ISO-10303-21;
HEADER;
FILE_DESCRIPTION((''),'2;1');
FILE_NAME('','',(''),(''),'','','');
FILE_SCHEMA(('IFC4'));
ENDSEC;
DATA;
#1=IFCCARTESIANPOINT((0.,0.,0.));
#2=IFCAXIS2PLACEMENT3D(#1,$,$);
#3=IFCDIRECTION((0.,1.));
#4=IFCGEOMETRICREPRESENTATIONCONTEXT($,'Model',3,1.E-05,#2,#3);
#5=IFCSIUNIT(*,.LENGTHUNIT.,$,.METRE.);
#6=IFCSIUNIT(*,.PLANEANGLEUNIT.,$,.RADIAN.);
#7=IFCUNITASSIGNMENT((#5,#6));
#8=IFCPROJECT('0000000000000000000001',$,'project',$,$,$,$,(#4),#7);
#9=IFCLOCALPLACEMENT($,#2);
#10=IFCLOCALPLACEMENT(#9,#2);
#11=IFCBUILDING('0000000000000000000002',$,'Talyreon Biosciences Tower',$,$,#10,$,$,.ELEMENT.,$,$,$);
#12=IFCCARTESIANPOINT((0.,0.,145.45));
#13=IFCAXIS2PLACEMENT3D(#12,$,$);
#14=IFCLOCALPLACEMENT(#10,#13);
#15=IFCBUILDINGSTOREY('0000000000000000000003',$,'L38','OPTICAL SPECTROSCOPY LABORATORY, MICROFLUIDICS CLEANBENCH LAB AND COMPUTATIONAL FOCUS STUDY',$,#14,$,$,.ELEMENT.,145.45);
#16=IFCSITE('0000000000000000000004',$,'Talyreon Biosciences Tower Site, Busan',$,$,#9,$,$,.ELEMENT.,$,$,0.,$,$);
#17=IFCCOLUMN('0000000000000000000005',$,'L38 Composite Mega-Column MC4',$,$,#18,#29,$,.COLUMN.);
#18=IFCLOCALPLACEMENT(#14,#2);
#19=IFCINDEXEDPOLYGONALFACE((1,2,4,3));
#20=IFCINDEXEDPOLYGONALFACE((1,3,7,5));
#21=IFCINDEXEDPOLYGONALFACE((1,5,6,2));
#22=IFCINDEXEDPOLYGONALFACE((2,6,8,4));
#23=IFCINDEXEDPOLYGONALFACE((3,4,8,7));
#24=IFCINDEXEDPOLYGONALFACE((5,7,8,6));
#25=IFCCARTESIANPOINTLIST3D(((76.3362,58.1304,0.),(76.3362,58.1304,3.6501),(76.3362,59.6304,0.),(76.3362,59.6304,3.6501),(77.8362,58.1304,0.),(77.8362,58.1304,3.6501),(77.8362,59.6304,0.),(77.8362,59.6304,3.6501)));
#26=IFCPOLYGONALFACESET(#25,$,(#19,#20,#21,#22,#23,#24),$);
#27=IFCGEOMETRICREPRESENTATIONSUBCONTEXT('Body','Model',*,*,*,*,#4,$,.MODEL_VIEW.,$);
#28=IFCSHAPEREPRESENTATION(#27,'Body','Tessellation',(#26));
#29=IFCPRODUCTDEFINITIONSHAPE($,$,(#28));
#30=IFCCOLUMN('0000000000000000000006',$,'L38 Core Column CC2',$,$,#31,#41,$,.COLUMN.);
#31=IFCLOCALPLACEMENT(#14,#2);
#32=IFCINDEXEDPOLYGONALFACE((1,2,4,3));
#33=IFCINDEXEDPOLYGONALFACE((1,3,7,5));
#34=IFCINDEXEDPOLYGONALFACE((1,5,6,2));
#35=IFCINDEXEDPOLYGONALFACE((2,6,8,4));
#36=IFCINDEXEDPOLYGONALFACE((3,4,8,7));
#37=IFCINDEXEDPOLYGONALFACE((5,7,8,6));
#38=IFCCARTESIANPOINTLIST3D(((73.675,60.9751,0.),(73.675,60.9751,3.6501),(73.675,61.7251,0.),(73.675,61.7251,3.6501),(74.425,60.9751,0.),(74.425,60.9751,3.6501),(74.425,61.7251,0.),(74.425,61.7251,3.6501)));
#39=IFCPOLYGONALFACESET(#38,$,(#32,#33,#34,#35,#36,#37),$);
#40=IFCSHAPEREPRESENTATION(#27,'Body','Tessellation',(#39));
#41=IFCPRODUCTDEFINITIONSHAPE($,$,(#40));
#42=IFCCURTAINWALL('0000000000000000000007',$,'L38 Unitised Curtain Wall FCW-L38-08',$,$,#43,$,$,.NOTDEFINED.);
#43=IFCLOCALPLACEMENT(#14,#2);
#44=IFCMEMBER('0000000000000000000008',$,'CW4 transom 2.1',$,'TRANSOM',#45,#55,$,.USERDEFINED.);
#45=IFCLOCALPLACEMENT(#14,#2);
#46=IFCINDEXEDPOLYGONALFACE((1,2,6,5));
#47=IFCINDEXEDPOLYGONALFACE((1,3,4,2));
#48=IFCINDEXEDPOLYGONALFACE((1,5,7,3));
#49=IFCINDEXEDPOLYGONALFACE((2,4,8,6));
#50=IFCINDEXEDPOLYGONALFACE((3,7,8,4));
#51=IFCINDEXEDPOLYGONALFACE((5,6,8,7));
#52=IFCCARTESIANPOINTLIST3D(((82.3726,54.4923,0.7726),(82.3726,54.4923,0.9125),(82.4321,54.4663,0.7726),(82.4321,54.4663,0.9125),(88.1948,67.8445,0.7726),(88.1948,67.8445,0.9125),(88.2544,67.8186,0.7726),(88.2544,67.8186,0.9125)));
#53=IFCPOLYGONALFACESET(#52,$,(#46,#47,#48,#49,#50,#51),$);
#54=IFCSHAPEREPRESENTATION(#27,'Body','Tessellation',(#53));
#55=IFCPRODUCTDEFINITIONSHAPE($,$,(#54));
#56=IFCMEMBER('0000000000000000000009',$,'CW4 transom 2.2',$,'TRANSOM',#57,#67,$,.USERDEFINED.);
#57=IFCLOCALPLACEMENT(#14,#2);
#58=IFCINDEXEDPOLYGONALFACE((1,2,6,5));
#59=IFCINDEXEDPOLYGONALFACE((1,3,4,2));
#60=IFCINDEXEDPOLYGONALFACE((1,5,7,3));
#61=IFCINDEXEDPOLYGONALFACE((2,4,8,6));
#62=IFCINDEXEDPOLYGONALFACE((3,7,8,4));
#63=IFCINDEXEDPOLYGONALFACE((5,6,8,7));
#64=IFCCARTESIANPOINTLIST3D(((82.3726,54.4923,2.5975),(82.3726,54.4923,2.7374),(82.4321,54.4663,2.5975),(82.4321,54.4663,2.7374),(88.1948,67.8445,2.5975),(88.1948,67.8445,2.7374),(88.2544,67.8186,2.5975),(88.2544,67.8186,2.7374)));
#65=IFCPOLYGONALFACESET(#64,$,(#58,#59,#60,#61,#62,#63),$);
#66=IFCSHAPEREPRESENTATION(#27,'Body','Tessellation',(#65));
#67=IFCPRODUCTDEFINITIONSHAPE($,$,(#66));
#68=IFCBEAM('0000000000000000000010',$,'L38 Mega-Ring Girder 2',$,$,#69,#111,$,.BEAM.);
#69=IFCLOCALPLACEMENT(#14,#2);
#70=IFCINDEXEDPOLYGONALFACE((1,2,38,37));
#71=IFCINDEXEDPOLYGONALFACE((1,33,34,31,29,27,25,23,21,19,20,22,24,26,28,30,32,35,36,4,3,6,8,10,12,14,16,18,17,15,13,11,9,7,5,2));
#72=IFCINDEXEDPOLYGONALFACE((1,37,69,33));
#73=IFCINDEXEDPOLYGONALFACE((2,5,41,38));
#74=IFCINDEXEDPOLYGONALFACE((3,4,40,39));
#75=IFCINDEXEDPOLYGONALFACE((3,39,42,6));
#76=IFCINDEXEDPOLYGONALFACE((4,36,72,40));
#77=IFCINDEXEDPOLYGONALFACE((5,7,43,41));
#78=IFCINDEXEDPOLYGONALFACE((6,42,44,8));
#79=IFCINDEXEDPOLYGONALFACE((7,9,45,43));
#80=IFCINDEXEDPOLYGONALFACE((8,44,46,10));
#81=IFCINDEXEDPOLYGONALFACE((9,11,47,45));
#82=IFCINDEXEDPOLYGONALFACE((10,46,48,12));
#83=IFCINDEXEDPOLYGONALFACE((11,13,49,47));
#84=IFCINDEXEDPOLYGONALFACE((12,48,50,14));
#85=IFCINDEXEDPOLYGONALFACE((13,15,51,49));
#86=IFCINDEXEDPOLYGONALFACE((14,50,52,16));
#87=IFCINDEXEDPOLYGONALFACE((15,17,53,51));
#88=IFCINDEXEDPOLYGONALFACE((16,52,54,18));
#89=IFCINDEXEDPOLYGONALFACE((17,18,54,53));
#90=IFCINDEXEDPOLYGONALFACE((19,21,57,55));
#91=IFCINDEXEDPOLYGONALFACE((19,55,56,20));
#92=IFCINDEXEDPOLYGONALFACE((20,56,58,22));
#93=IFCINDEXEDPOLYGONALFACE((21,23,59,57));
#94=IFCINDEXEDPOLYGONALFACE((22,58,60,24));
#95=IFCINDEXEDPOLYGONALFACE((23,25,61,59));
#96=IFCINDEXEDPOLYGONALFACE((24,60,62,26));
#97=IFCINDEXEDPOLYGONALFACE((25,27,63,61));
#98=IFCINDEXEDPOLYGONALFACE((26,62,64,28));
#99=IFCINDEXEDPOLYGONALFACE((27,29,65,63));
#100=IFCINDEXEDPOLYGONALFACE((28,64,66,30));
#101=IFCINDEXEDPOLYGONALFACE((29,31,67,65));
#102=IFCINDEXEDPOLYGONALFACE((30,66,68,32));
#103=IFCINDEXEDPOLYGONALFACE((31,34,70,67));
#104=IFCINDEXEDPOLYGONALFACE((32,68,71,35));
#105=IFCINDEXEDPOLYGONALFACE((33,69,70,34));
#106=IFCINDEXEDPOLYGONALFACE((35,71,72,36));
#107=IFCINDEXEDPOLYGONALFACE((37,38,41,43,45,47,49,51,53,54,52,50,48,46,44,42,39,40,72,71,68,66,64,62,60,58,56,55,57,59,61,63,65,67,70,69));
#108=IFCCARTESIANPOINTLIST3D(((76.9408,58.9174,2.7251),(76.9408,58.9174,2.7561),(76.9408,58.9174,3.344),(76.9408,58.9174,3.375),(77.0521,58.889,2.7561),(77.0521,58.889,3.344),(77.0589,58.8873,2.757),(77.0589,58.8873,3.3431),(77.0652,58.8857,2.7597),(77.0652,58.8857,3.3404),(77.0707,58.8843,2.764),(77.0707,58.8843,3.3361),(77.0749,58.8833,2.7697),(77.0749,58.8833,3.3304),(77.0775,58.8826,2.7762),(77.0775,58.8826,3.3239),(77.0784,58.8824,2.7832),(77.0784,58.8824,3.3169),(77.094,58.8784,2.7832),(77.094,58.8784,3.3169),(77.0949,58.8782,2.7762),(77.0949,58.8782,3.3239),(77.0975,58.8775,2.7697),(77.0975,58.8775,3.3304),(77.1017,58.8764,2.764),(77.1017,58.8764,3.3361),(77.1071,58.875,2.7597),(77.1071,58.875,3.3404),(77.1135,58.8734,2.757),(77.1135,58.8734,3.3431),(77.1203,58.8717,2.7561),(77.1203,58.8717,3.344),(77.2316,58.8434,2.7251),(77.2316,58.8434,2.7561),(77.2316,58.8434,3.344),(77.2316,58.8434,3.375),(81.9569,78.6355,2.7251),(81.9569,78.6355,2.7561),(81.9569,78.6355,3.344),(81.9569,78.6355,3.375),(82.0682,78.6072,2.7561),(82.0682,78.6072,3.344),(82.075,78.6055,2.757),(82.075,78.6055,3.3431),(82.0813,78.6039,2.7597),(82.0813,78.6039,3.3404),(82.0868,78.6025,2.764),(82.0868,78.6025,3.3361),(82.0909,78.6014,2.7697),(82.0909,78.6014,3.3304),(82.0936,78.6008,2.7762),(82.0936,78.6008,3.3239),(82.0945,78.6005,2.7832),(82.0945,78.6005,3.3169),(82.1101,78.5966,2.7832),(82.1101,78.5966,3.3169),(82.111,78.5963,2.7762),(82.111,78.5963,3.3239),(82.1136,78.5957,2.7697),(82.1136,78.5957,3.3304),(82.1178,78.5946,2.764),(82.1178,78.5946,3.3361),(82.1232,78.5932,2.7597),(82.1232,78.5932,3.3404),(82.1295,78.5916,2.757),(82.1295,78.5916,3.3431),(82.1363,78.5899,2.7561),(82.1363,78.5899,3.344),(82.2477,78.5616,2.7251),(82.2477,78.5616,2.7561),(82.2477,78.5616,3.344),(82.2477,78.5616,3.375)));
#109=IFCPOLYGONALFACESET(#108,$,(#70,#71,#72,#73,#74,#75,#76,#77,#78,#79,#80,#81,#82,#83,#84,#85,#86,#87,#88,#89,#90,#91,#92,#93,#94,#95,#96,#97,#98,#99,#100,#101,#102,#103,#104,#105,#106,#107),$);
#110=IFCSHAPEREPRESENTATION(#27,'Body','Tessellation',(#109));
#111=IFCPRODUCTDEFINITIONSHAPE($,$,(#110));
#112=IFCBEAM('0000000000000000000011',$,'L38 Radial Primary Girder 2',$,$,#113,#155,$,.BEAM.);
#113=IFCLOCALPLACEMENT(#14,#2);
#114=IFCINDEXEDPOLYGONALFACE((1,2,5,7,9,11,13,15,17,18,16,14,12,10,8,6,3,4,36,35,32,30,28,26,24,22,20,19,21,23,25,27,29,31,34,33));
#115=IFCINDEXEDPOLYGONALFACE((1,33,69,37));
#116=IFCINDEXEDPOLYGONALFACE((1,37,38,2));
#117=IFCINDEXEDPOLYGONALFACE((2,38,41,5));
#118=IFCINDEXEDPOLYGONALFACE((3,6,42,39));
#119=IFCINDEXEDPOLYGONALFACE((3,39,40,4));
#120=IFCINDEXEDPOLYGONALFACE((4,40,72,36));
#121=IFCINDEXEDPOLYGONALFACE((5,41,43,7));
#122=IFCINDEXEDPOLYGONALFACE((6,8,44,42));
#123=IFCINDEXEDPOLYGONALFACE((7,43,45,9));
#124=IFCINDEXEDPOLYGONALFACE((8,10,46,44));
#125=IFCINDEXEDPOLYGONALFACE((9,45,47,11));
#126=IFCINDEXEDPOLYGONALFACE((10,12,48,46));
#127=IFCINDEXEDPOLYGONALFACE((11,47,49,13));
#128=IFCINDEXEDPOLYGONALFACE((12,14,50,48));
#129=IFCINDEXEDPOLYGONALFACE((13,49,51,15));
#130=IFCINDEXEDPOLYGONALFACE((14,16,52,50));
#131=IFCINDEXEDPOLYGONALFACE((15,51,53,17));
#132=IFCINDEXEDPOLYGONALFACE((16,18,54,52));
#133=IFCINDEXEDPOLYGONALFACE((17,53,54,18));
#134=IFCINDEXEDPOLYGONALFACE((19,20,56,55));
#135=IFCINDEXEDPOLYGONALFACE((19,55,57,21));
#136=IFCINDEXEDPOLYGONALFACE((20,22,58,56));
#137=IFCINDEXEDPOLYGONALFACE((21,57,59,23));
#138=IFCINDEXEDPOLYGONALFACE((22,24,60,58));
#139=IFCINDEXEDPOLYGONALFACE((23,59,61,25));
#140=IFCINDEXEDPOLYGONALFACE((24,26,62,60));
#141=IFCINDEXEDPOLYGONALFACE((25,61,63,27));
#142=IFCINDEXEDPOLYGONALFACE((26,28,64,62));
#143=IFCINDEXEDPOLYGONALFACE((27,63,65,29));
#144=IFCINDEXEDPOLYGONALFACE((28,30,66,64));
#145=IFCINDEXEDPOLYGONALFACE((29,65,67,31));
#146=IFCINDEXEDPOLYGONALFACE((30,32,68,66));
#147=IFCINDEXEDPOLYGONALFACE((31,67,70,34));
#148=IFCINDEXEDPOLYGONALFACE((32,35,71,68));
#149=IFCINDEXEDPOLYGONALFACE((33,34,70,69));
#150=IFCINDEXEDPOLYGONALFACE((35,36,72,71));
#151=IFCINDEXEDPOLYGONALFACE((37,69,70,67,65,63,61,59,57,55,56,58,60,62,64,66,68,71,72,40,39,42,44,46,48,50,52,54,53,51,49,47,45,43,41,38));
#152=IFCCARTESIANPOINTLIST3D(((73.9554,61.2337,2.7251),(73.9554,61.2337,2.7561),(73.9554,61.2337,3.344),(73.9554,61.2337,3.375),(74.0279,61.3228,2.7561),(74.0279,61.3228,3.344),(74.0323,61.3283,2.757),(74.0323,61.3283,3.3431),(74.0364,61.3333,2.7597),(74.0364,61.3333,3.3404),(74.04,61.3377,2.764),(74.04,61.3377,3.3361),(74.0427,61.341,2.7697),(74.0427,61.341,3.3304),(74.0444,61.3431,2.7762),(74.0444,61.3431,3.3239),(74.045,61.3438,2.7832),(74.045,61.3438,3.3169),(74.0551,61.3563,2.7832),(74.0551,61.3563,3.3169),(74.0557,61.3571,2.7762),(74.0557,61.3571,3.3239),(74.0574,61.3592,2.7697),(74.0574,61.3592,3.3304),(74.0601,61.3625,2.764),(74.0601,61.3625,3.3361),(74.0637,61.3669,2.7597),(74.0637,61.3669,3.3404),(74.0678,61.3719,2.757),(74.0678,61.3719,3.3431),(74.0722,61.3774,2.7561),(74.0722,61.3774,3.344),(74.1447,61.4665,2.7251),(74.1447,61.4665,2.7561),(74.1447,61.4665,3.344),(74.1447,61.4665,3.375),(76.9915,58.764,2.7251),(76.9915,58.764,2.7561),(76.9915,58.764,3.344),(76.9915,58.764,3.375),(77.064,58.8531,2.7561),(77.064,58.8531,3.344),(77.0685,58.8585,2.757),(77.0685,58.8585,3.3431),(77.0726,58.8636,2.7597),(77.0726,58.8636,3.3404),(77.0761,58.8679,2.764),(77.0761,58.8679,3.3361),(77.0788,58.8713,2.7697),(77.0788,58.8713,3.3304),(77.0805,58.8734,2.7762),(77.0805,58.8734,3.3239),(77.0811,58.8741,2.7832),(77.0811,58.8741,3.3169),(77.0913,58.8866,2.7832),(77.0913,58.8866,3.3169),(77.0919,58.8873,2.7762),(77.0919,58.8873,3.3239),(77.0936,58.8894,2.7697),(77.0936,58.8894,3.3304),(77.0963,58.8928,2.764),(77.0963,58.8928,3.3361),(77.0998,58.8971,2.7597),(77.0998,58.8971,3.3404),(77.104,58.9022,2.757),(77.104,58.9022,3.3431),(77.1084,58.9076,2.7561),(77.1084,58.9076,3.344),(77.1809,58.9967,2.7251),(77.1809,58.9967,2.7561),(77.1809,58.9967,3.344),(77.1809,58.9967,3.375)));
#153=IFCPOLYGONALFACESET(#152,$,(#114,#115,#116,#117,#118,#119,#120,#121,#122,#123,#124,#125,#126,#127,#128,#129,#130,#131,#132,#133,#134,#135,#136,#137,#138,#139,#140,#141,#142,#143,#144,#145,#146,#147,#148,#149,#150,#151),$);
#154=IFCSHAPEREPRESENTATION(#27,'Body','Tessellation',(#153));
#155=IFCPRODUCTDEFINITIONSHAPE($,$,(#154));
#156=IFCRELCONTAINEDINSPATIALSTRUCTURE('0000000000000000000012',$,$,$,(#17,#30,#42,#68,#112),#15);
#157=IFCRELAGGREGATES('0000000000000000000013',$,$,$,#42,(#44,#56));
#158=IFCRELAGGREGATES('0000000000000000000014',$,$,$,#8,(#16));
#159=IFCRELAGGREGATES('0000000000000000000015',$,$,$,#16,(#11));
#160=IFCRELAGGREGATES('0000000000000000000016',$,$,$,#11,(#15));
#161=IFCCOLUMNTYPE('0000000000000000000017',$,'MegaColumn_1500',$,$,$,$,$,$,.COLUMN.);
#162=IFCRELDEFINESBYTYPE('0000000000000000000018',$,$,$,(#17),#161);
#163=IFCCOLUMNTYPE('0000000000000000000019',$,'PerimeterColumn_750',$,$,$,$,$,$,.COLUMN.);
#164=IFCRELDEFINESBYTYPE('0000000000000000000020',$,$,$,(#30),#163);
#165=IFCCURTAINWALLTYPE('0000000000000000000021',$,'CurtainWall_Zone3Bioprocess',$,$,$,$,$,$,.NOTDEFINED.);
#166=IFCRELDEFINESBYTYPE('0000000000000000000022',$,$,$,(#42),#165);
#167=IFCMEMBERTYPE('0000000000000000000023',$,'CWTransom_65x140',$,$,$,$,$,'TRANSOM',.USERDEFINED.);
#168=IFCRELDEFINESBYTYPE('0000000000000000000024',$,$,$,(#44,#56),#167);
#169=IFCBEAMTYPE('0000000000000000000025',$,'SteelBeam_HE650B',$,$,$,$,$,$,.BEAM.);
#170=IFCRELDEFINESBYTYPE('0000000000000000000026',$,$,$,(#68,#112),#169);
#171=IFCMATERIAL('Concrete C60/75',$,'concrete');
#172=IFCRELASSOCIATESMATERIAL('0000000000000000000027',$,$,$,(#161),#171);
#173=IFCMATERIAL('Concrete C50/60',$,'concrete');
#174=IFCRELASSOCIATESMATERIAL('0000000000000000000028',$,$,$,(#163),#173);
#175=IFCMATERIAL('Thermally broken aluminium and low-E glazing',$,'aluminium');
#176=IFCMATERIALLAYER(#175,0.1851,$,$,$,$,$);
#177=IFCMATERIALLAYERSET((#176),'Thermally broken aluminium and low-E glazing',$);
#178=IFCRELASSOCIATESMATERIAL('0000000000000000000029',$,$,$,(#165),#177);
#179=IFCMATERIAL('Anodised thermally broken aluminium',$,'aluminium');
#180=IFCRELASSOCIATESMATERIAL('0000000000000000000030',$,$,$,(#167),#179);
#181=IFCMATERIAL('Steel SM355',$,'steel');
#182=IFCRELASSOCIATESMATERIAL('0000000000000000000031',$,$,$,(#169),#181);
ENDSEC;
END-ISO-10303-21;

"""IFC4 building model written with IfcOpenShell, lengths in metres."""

from ifc_helpers import new_model, si_unit, direction, frame, origin, origin_2d, place, context, subcontext, project, spatial, rectangle, i_section, extrude, material, layer, layer_set, material_profile, profile_set, type_object, element, aggregate, save


model = new_model("IFC4")

# Units and contexts
model_context = context("Model", 3, precision=1e-05, world=origin(), true_north=direction((0.0, 1.0)))
body_context = subcontext(model_context, "Body", "Model", "MODEL_VIEW")
ifc_project = project(units=[si_unit("LENGTHUNIT", "METRE"), si_unit("PLANEANGLEUNIT", "RADIAN")], contexts=[model_context])

# Site, building, storey
site_placement = place(None, origin())
site = spatial("IfcSite", under=ifc_project, at=site_placement, Name="Talyreon Biosciences Tower Site, Busan", CompositionType="ELEMENT", RefElevation=0.0)
building_placement = place(site_placement, origin())
building = spatial("IfcBuilding", under=site, at=building_placement, Name="Talyreon Biosciences Tower", CompositionType="ELEMENT")
storey_placement = place(building_placement, frame((0.0, 0.0, 145.45)))
storey = spatial("IfcBuildingStorey", under=building, at=storey_placement, Name="L38", Description="OPTICAL SPECTROSCOPY LABORATORY, MICROFLUIDICS CLEANBENCH LAB AND COMPUTATIONAL FOCUS STUDY", CompositionType="ELEMENT", Elevation=145.45)

# Columns
ifc_material_1 = material(Name="Concrete C60/75", Category="concrete")
ifc_material_profile_1 = material_profile(ifc_material_1, rectangle(XDim=1.5, YDim=1.5, at=origin_2d()), Name="RC 1500x1500")
ifc_profile_set_1 = profile_set([ifc_material_profile_1], Name="Concrete C60/75")
column_type_1 = type_object("IfcColumnType", Name="MegaColumn_1500", PredefinedType="COLUMN", material=ifc_profile_set_1)
column_1_placement = place(storey_placement, frame((77.0862, 58.8804, 0.0), z_axis=(0.0, 0.0, 1.0), x_axis=(1.0, 0.0, 0.0)))
element("IfcColumn", 1, at=column_1_placement, inside=storey, type_object=column_type_1, Name="L38 Composite Mega-Column MC4", PredefinedType="COLUMN", context=body_context, shape_type="SweptSolid", body=[
    extrude(rectangle(XDim=1.5, YDim=1.5, at=origin_2d()), origin(), (0.0, 0.0, 1.0), 3.6501),
])
ifc_material_2 = material(Name="Concrete C50/60", Category="concrete")
ifc_material_profile_2 = material_profile(ifc_material_2, rectangle(XDim=0.75, YDim=0.75, at=origin_2d()), Name="RC 750x750")
ifc_profile_set_2 = profile_set([ifc_material_profile_2], Name="Concrete C50/60")
column_type_2 = type_object("IfcColumnType", Name="PerimeterColumn_750", PredefinedType="COLUMN", material=ifc_profile_set_2)
column_2_placement = place(storey_placement, frame((74.05, 61.3501, 0.0), z_axis=(0.0, 0.0, 1.0), x_axis=(1.0, 0.0, 0.0)))
element("IfcColumn", 2, at=column_2_placement, inside=storey, type_object=column_type_2, Name="L38 Core Column CC2", PredefinedType="COLUMN", context=body_context, shape_type="SweptSolid", body=[
    extrude(rectangle(XDim=0.75, YDim=0.75, at=origin_2d()), origin(), (0.0, 0.0, 1.0), 3.6501),
])

# Curtain wall, members
ifc_material_3 = material(Name="Thermally broken aluminium and low-E glazing", Category="aluminium")
ifc_layer_1 = layer(ifc_material_3, 0.1851)
ifc_layer_set_1 = layer_set([ifc_layer_1], Name="Thermally broken aluminium and low-E glazing")
curtain_wall_type = type_object("IfcCurtainWallType", Name="CurtainWall_Zone3Bioprocess", PredefinedType="NOTDEFINED", material=ifc_layer_set_1)
curtain_wall_placement = place(storey_placement, origin())
curtain_wall = element("IfcCurtainWall", 3, at=curtain_wall_placement, inside=storey, type_object=curtain_wall_type, Name="L38 Unitised Curtain Wall FCW-L38-08", PredefinedType="NOTDEFINED")
ifc_material_4 = material(Name="Anodised thermally broken aluminium", Category="aluminium")
ifc_material_profile_3 = material_profile(ifc_material_4, rectangle(XDim=0.0649, YDim=0.1399, at=origin_2d()), Name="ALUM TRANSOM 65x140")
ifc_profile_set_3 = profile_set([ifc_material_profile_3], Name="Anodised thermally broken aluminium")
member_type = type_object("IfcMemberType", Name="CWTransom_65x140", ElementType="TRANSOM", PredefinedType="USERDEFINED", material=ifc_profile_set_3)
member_1_placement = place(storey_placement, frame((88.2246, 67.8315, 0.8425), z_axis=(-0.399703, -0.916645, 0.0), x_axis=(0.916645, -0.399703, 0.0)))
member_1 = element("IfcMember", 4, at=member_1_placement, type_object=member_type, Name="CW4 transom 2.1", ObjectType="TRANSOM", PredefinedType="USERDEFINED", context=body_context, shape_type="SweptSolid", body=[
    extrude(rectangle(XDim=0.0649, YDim=0.1399, at=origin_2d()), origin(), (0.0, 0.0, 1.0), 14.5664),
])
member_2_placement = place(storey_placement, frame((88.2246, 67.8315, 2.6675), z_axis=(-0.399703, -0.916645, 0.0), x_axis=(0.916645, -0.399703, 0.0)))
member_2 = element("IfcMember", 5, at=member_2_placement, type_object=member_type, Name="CW4 transom 2.2", ObjectType="TRANSOM", PredefinedType="USERDEFINED", context=body_context, shape_type="SweptSolid", body=[
    extrude(rectangle(XDim=0.0649, YDim=0.1399, at=origin_2d()), origin(), (0.0, 0.0, 1.0), 14.5664),
])

# Beams
ifc_material_5 = material(Name="Steel SM355", Category="steel")
ifc_material_profile_4 = material_profile(ifc_material_5, i_section(OverallWidth=0.3, OverallDepth=0.6499, WebThickness=0.0161, FlangeThickness=0.031, FilletRadius=0.0271, at=origin_2d()), Name="HE650B")
ifc_profile_set_4 = profile_set([ifc_material_profile_4], Name="Steel SM355")
beam_type_1 = type_object("IfcBeamType", Name="SteelBeam_HE650B", PredefinedType="BEAM", material=ifc_profile_set_4)
beam_1_placement = place(storey_placement, frame((77.0862, 58.8804, 3.05), z_axis=(0.246537, 0.969133, 0.0), x_axis=(-0.969133, 0.246537, 0.0)))
element("IfcBeam", 6, at=beam_1_placement, inside=storey, type_object=beam_type_1, Name="L38 Mega-Ring Girder 2", PredefinedType="BEAM", context=body_context, shape_type="SweptSolid", body=[
    extrude(i_section(OverallWidth=0.3, OverallDepth=0.6499, WebThickness=0.0161, FlangeThickness=0.031, FilletRadius=0.0271, at=origin_2d()), origin(), (0.0, 0.0, 1.0), 20.3462),
])
beam_2_placement = place(storey_placement, frame((74.05, 61.3501, 3.05), z_axis=(0.775755, -0.631034, 0.0), x_axis=(0.631034, 0.775755, 0.0)))
element("IfcBeam", 7, at=beam_2_placement, inside=storey, type_object=beam_type_1, Name="L38 Radial Primary Girder 2", PredefinedType="BEAM", context=body_context, shape_type="SweptSolid", body=[
    extrude(i_section(OverallWidth=0.3, OverallDepth=0.6499, WebThickness=0.0161, FlangeThickness=0.031, FilletRadius=0.0271, at=origin_2d()), origin(), (0.0, 0.0, 1.0), 3.9138),
])

aggregate(curtain_wall, [member_1, member_2])

save(model, "model.ifc")
